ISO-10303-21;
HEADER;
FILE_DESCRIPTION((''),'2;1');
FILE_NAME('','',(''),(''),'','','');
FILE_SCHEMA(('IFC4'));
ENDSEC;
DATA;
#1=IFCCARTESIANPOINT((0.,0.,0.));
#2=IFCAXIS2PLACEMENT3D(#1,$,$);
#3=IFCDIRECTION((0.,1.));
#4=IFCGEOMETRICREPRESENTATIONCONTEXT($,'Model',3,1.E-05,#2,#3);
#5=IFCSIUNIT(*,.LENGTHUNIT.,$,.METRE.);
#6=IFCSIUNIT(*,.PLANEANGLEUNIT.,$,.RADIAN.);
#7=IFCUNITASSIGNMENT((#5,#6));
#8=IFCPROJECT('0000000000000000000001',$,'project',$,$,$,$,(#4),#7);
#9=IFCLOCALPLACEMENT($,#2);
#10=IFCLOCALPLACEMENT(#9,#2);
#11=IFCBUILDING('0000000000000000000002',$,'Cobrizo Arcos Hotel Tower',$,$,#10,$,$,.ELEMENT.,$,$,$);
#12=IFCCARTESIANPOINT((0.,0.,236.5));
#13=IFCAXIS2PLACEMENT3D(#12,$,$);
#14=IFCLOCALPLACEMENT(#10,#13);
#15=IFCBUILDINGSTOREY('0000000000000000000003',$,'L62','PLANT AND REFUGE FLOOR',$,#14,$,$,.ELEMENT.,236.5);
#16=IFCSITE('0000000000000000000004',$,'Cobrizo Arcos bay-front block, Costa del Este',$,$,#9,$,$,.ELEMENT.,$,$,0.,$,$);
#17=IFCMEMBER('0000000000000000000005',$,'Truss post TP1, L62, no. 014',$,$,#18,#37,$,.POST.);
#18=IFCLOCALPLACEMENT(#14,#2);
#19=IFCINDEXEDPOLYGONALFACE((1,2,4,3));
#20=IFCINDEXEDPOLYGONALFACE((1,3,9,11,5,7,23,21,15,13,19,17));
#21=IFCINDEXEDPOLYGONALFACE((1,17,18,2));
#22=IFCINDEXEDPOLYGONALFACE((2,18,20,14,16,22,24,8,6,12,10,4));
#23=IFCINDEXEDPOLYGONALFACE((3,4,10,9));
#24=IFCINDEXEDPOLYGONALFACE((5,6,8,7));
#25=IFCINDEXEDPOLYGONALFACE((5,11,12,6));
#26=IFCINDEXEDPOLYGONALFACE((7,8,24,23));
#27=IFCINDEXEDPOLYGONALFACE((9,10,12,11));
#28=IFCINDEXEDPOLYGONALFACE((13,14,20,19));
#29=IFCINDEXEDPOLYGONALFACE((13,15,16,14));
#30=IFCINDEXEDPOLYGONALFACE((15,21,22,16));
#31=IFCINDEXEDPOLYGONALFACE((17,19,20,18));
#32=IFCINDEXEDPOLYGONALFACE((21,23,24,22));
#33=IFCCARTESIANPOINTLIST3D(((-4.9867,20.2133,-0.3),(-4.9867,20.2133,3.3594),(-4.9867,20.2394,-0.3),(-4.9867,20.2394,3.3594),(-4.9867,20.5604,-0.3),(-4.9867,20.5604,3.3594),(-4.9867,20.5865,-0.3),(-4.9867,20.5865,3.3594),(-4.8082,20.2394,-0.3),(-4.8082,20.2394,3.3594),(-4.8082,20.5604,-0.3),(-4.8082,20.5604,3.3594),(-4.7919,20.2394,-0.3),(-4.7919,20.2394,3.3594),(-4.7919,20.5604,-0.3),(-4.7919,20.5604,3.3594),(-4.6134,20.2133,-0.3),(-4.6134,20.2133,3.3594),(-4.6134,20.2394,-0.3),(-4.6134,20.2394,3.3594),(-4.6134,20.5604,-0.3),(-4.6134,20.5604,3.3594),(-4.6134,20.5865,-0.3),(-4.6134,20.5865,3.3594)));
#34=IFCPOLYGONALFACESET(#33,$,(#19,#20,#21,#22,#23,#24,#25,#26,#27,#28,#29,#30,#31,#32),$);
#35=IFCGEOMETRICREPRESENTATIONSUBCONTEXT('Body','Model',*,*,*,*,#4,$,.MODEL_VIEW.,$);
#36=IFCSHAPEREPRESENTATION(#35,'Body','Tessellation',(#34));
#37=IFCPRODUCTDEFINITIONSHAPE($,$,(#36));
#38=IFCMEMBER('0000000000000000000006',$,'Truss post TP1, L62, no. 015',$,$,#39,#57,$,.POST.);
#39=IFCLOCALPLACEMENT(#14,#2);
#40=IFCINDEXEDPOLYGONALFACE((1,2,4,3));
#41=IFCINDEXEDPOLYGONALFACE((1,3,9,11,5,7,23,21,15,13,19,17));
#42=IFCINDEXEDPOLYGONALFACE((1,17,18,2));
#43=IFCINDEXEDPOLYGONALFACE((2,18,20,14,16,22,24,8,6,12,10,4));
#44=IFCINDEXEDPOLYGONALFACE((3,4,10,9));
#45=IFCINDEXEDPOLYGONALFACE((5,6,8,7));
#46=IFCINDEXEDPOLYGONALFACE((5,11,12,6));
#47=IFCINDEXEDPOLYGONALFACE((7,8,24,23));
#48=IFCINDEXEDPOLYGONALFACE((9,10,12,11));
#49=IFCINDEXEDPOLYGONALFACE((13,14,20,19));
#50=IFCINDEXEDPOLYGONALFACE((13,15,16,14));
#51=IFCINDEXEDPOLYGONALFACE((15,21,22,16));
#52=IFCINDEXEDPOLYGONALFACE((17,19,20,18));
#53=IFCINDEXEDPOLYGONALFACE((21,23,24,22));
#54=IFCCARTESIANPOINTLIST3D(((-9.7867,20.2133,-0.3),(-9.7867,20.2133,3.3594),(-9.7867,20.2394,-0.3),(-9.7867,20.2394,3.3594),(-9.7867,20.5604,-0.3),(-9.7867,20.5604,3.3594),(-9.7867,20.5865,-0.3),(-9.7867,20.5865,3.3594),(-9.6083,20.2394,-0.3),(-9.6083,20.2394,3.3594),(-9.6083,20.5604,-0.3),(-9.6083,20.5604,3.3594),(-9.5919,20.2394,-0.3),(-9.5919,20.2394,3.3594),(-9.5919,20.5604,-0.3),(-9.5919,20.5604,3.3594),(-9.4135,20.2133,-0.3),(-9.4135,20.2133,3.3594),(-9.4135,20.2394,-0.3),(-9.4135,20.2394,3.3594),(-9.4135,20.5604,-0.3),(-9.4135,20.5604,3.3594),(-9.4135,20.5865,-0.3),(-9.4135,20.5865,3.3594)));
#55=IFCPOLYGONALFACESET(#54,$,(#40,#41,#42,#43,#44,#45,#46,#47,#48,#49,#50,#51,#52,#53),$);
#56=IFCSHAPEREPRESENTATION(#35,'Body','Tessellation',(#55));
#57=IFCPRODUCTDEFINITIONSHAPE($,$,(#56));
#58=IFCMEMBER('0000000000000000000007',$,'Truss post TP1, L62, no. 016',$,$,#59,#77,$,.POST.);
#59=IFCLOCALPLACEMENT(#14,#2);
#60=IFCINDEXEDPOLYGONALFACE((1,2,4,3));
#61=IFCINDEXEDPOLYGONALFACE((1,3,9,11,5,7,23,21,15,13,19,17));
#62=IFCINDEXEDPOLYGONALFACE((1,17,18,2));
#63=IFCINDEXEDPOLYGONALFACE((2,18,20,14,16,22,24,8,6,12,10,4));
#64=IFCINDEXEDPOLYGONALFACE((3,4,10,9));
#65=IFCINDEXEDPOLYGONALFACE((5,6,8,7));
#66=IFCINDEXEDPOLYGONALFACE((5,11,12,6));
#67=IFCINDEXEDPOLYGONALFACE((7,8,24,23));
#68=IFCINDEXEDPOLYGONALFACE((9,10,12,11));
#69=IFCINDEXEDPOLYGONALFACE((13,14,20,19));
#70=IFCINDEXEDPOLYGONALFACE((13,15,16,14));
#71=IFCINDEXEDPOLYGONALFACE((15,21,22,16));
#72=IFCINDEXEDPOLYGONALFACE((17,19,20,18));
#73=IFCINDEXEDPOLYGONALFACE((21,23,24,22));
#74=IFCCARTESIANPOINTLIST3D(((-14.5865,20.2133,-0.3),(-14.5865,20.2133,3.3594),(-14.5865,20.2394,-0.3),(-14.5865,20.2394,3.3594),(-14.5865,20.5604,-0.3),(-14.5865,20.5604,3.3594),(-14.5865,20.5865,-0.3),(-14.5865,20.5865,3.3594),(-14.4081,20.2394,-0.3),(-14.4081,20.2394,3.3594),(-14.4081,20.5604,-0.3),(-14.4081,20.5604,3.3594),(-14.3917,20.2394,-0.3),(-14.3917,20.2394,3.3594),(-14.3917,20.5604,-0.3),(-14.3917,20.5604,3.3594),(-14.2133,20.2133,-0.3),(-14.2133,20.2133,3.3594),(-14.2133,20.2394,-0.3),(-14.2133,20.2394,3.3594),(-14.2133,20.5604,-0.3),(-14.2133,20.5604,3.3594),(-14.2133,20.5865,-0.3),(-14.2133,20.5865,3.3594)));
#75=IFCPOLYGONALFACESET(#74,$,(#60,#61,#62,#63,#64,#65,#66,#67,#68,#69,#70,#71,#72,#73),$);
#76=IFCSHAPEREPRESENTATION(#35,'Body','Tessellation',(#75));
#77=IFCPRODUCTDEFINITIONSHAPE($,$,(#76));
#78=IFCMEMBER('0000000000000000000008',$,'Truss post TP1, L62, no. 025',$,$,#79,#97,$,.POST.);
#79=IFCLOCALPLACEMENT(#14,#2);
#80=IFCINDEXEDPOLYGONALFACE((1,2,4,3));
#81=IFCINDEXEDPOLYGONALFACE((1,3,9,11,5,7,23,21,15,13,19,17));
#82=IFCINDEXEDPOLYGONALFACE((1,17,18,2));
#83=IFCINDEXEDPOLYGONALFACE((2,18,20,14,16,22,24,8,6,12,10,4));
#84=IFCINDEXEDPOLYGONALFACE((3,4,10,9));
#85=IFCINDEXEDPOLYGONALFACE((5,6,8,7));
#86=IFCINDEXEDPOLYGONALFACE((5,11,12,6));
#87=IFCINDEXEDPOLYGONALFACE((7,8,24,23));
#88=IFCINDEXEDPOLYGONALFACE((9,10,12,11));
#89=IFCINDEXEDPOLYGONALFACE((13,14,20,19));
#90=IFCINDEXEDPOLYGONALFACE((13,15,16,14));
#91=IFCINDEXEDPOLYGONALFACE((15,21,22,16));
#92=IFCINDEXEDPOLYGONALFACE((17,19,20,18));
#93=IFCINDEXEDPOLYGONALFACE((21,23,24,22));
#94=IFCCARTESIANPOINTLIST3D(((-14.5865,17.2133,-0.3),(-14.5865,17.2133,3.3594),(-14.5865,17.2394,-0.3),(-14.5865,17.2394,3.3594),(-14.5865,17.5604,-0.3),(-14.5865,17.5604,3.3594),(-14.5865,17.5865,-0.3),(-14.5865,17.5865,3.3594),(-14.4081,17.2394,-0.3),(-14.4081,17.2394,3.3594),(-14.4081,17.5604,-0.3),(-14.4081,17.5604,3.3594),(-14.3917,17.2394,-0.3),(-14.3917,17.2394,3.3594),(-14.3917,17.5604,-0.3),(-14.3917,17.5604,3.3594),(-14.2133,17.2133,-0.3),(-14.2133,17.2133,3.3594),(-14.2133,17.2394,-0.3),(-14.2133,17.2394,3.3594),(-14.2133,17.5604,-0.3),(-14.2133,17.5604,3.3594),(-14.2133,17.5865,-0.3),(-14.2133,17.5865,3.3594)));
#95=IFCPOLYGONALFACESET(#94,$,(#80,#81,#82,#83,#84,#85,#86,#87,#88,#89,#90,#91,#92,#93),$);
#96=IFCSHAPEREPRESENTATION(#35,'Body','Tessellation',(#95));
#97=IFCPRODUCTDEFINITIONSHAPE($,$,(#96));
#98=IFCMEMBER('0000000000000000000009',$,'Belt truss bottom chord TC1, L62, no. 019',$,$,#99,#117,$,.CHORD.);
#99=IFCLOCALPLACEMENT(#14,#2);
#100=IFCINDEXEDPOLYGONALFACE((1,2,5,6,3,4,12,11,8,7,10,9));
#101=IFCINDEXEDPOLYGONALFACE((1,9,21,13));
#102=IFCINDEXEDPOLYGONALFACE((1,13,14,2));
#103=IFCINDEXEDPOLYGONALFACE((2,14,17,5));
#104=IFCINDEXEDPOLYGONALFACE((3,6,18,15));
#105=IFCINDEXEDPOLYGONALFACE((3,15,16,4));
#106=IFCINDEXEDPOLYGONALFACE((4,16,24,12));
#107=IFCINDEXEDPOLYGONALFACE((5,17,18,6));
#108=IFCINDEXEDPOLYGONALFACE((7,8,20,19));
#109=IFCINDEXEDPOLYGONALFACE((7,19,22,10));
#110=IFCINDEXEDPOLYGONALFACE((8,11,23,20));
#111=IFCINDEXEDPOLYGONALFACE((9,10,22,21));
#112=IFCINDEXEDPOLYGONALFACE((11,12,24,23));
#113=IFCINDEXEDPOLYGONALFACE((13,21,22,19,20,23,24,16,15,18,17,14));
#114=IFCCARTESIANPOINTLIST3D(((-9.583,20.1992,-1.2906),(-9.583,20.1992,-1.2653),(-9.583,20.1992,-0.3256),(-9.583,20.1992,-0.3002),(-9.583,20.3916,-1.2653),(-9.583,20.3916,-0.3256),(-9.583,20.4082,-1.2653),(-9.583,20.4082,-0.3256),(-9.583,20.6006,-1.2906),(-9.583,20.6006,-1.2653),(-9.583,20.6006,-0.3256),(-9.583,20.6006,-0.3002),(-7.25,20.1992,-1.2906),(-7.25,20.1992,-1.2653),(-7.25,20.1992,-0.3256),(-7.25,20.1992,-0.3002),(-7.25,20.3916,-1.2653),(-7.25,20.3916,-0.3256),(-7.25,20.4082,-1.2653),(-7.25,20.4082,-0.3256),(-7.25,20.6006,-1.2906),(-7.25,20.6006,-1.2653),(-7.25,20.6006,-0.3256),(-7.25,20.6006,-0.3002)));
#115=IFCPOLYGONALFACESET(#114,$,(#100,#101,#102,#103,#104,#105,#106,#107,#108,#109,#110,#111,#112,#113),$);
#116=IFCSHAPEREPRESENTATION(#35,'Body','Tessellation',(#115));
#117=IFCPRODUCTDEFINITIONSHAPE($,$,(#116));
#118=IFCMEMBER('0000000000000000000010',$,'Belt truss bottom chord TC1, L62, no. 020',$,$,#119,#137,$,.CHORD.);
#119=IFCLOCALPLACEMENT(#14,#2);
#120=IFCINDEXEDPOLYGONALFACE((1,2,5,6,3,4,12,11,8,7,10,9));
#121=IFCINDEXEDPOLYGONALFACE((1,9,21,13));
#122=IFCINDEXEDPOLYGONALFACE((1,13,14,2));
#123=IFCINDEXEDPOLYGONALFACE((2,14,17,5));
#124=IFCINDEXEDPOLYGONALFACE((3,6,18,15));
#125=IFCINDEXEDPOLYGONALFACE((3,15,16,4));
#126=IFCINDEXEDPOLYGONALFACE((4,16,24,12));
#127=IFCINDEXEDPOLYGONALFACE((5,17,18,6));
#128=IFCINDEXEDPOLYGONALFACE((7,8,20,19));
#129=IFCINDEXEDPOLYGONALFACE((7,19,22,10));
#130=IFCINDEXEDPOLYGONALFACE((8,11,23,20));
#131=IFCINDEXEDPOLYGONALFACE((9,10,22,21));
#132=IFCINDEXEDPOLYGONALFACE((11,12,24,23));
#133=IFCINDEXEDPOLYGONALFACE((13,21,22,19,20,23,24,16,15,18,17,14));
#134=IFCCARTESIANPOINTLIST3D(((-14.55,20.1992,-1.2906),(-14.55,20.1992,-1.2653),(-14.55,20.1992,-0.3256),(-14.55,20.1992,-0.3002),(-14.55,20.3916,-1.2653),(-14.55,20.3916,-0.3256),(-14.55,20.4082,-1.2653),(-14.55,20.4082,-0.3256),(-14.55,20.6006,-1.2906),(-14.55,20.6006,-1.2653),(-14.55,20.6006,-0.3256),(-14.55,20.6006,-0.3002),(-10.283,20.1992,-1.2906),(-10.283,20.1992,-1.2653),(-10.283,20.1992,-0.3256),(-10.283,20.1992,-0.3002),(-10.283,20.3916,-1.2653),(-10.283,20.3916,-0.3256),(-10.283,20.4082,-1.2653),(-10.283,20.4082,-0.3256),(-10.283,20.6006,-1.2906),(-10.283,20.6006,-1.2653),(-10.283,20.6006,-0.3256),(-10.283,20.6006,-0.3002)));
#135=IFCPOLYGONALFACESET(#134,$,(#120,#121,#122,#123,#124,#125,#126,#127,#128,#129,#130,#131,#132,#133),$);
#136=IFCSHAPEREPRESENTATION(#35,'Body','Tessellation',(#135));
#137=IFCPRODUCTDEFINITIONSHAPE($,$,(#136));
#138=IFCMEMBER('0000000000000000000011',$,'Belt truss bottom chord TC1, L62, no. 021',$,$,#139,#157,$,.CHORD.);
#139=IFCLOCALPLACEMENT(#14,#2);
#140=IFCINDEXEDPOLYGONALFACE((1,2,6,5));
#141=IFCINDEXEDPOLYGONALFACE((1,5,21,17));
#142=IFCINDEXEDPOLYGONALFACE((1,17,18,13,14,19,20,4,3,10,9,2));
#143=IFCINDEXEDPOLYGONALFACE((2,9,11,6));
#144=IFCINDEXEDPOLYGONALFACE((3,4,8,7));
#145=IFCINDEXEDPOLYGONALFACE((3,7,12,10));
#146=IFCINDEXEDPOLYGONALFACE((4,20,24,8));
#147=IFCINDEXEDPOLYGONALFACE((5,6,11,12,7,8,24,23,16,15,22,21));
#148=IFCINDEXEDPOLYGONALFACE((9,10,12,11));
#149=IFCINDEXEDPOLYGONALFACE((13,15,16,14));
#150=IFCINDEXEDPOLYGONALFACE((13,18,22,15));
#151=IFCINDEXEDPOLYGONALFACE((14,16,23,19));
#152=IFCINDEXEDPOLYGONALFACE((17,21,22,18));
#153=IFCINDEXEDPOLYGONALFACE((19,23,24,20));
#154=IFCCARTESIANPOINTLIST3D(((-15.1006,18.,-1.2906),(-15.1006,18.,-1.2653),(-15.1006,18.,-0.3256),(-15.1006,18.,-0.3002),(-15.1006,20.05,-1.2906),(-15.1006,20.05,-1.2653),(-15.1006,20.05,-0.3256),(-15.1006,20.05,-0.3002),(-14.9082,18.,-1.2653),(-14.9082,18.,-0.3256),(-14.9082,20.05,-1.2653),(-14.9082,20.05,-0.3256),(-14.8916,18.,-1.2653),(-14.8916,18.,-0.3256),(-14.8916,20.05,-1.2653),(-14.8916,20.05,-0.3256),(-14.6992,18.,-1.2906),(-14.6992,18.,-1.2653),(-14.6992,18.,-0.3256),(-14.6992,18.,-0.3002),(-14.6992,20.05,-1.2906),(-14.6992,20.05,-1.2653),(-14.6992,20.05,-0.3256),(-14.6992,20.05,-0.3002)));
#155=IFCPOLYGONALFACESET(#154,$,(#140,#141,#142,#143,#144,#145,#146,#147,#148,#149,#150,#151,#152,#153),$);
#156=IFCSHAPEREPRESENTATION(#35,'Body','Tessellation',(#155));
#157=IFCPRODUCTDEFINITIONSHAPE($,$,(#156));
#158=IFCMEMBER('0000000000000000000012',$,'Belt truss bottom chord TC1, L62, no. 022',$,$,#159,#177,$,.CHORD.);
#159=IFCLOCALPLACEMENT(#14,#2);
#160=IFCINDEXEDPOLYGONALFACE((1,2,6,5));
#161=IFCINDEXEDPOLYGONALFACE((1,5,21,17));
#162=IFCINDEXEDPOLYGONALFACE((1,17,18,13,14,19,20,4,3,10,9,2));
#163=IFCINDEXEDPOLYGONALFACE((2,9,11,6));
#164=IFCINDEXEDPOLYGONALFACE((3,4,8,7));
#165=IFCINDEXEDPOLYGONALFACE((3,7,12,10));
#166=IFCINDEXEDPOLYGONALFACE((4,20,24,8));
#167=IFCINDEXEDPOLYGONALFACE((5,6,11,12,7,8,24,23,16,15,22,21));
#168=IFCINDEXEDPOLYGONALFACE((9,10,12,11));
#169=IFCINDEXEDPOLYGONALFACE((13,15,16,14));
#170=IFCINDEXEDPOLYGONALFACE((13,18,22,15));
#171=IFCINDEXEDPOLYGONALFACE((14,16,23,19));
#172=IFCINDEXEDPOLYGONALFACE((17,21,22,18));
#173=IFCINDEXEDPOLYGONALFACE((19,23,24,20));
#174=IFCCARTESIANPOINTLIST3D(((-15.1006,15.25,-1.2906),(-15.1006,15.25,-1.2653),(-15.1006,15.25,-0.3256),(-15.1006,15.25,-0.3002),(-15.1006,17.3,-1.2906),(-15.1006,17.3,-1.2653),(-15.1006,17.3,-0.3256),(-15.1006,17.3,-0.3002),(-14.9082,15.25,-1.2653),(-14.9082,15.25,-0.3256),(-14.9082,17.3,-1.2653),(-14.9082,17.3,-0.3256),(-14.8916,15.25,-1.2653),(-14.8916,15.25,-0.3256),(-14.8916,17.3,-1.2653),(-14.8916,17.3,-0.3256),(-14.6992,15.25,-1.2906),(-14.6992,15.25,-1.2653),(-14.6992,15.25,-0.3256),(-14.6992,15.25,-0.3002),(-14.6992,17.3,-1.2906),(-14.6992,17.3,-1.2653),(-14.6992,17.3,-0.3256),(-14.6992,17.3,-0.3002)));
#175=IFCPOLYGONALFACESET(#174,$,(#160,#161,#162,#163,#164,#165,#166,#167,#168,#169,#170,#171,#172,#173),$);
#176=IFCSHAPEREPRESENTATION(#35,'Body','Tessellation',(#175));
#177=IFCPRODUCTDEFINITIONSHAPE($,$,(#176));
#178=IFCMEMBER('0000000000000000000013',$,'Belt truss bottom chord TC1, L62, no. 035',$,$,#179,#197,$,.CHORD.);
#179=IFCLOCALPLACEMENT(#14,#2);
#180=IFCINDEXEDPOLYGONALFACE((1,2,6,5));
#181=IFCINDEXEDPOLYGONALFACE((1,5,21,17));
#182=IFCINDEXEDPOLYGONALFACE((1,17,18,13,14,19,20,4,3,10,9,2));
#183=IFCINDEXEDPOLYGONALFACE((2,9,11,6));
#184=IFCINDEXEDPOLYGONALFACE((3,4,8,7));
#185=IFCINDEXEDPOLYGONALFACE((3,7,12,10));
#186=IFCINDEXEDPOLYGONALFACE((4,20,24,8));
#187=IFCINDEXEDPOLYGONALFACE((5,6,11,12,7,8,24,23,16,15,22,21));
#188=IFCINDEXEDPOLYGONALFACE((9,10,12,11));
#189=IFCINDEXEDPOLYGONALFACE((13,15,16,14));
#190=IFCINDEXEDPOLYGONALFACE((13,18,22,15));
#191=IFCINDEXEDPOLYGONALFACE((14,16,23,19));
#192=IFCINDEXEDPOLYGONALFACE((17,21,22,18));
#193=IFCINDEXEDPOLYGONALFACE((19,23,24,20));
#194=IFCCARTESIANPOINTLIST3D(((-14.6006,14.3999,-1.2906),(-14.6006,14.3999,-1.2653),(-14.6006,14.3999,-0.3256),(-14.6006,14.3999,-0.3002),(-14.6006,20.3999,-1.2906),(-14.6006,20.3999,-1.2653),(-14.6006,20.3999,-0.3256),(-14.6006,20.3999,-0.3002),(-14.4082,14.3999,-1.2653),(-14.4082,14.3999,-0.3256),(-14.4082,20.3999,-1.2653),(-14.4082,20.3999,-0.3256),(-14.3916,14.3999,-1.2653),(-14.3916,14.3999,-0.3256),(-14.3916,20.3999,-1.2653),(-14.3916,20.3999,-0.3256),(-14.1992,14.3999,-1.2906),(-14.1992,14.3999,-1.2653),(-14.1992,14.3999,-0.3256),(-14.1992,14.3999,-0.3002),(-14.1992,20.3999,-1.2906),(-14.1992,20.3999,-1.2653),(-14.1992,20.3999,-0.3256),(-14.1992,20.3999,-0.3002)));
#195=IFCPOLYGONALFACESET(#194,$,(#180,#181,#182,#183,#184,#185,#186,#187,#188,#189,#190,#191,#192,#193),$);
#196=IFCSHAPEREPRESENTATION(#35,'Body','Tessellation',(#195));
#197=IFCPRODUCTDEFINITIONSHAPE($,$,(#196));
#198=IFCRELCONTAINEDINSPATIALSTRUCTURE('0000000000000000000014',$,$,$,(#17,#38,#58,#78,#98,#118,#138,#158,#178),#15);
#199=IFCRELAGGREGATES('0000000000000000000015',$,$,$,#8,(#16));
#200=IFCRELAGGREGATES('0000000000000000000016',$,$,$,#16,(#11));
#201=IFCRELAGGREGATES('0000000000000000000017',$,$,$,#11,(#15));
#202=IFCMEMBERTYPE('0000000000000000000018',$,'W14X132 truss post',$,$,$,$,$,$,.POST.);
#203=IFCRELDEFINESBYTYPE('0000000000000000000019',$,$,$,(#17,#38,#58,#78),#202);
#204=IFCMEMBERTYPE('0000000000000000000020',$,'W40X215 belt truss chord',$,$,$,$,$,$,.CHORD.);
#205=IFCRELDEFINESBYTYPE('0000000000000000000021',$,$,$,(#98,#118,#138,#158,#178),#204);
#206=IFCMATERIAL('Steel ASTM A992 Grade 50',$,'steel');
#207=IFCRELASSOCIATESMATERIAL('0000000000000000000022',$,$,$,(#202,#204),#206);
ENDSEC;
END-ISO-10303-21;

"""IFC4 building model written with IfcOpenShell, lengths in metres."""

from ifc_helpers import new_model, si_unit, direction, frame, origin, origin_2d, place, context, subcontext, project, spatial, i_section, extrude, material, material_profile, profile_set, type_object, element, save


model = new_model("IFC4")

# Units and contexts
model_context = context("Model", 3, precision=1e-05, world=origin(), true_north=direction((0.0, 1.0)))
body_context = subcontext(model_context, "Body", "Model", "MODEL_VIEW")
ifc_project = project(units=[si_unit("LENGTHUNIT", "METRE"), si_unit("PLANEANGLEUNIT", "RADIAN")], contexts=[model_context])

# Site, building, storey
site_placement = place(None, origin())
site = spatial("IfcSite", under=ifc_project, at=site_placement, Name="Cobrizo Arcos bay-front block, Costa del Este", CompositionType="ELEMENT", RefElevation=0.0)
building_placement = place(site_placement, origin())
building = spatial("IfcBuilding", under=site, at=building_placement, Name="Cobrizo Arcos Hotel Tower", CompositionType="ELEMENT")
storey_placement = place(building_placement, frame((0.0, 0.0, 236.5)))
storey = spatial("IfcBuildingStorey", under=building, at=storey_placement, Name="L62", Description="PLANT AND REFUGE FLOOR", CompositionType="ELEMENT", Elevation=236.5)

# Members
ifc_material_1 = material(Name="Steel ASTM A992 Grade 50", Category="steel")
ifc_material_profile_1 = material_profile(ifc_material_1, i_section(OverallWidth=0.3733, OverallDepth=0.3733, WebThickness=0.0164, FlangeThickness=0.0261, at=origin_2d()), Name="W14X132")
ifc_profile_set_1 = profile_set([ifc_material_profile_1], Name="Steel ASTM A992 Grade 50")
member_type_1 = type_object("IfcMemberType", Name="W14X132 truss post", PredefinedType="POST", material=ifc_profile_set_1)
for number, where, z_axis, x_axis, name in (
    (1, (-4.8, 20.3999, -0.3), (0.0, 0.0, 1.0), (1.0, 0.0, 0.0), "Truss post TP1, L62, no. 014"),
    (2, (-9.6001, 20.3999, -0.3), (0.0, 0.0, 1.0), (1.0, 0.0, 0.0), "Truss post TP1, L62, no. 015"),
    (3, (-14.3999, 20.3999, -0.3), (0.0, 0.0, 1.0), (1.0, 0.0, 0.0), "Truss post TP1, L62, no. 016"),
    (4, (-14.3999, 17.3999, -0.3), (0.0, 0.0, 1.0), (1.0, 0.0, 0.0), "Truss post TP1, L62, no. 025"),
):
    element("IfcMember", number, at=place(storey_placement, frame(where, z_axis=z_axis, x_axis=x_axis)), inside=storey, type_object=member_type_1, Name=name, PredefinedType="POST", context=body_context, shape_type="SweptSolid", body=[
        extrude(i_section(OverallWidth=0.3733, OverallDepth=0.3733, WebThickness=0.0164, FlangeThickness=0.0261, at=origin_2d()), origin(), (0.0, 0.0, 1.0), 3.6594),
    ])
ifc_material_profile_2 = material_profile(ifc_material_1, i_section(OverallWidth=0.4014, OverallDepth=0.9905, WebThickness=0.0166, FlangeThickness=0.0254, at=origin_2d()), Name="W40X215")
ifc_profile_set_2 = profile_set([ifc_material_profile_2], Name="Steel ASTM A992 Grade 50")
member_type_2 = type_object("IfcMemberType", Name="W40X215 belt truss chord", PredefinedType="CHORD", material=ifc_profile_set_2)
member_1_placement = place(storey_placement, frame((-7.25, 20.3999, -0.7954), z_axis=(-1.0, 0.0, 0.0), x_axis=(0.0, -1.0, 0.0)))
element("IfcMember", 5, at=member_1_placement, inside=storey, type_object=member_type_2, Name="Belt truss bottom chord TC1, L62, no. 019", PredefinedType="CHORD", context=body_context, shape_type="SweptSolid", body=[
    extrude(i_section(OverallWidth=0.4014, OverallDepth=0.9905, WebThickness=0.0166, FlangeThickness=0.0254, at=origin_2d()), origin(), (0.0, 0.0, 1.0), 2.333),
])
member_2_placement = place(storey_placement, frame((-10.283, 20.3999, -0.7954), z_axis=(-1.0, 0.0, 0.0), x_axis=(0.0, -1.0, 0.0)))
element("IfcMember", 6, at=member_2_placement, inside=storey, type_object=member_type_2, Name="Belt truss bottom chord TC1, L62, no. 020", PredefinedType="CHORD", context=body_context, shape_type="SweptSolid", body=[
    extrude(i_section(OverallWidth=0.4014, OverallDepth=0.9905, WebThickness=0.0166, FlangeThickness=0.0254, at=origin_2d()), origin(), (0.0, 0.0, 1.0), 4.2671),
])
for number, where, z_axis, x_axis, name in (
    (7, (-14.8999, 20.05, -0.7954), (0.0, -1.0, 0.0), (1.0, 0.0, 0.0), "Belt truss bottom chord TC1, L62, no. 021"),
    (8, (-14.8999, 17.3, -0.7954), (0.0, -1.0, 0.0), (1.0, 0.0, 0.0), "Belt truss bottom chord TC1, L62, no. 022"),
):
    element("IfcMember", number, at=place(storey_placement, frame(where, z_axis=z_axis, x_axis=x_axis)), inside=storey, type_object=member_type_2, Name=name, PredefinedType="CHORD", context=body_context, shape_type="SweptSolid", body=[
        extrude(i_section(OverallWidth=0.4014, OverallDepth=0.9905, WebThickness=0.0166, FlangeThickness=0.0254, at=origin_2d()), origin(), (0.0, 0.0, 1.0), 2.05),
    ])
member_3_placement = place(storey_placement, frame((-14.3999, 20.3999, -0.7954), z_axis=(0.0, -1.0, 0.0), x_axis=(1.0, 0.0, 0.0)))
element("IfcMember", 9, at=member_3_placement, inside=storey, type_object=member_type_2, Name="Belt truss bottom chord TC1, L62, no. 035", PredefinedType="CHORD", context=body_context, shape_type="SweptSolid", body=[
    extrude(i_section(OverallWidth=0.4014, OverallDepth=0.9905, WebThickness=0.0166, FlangeThickness=0.0254, at=origin_2d()), origin(), (0.0, 0.0, 1.0), 6.0),
])

save(model, "model.ifc")
